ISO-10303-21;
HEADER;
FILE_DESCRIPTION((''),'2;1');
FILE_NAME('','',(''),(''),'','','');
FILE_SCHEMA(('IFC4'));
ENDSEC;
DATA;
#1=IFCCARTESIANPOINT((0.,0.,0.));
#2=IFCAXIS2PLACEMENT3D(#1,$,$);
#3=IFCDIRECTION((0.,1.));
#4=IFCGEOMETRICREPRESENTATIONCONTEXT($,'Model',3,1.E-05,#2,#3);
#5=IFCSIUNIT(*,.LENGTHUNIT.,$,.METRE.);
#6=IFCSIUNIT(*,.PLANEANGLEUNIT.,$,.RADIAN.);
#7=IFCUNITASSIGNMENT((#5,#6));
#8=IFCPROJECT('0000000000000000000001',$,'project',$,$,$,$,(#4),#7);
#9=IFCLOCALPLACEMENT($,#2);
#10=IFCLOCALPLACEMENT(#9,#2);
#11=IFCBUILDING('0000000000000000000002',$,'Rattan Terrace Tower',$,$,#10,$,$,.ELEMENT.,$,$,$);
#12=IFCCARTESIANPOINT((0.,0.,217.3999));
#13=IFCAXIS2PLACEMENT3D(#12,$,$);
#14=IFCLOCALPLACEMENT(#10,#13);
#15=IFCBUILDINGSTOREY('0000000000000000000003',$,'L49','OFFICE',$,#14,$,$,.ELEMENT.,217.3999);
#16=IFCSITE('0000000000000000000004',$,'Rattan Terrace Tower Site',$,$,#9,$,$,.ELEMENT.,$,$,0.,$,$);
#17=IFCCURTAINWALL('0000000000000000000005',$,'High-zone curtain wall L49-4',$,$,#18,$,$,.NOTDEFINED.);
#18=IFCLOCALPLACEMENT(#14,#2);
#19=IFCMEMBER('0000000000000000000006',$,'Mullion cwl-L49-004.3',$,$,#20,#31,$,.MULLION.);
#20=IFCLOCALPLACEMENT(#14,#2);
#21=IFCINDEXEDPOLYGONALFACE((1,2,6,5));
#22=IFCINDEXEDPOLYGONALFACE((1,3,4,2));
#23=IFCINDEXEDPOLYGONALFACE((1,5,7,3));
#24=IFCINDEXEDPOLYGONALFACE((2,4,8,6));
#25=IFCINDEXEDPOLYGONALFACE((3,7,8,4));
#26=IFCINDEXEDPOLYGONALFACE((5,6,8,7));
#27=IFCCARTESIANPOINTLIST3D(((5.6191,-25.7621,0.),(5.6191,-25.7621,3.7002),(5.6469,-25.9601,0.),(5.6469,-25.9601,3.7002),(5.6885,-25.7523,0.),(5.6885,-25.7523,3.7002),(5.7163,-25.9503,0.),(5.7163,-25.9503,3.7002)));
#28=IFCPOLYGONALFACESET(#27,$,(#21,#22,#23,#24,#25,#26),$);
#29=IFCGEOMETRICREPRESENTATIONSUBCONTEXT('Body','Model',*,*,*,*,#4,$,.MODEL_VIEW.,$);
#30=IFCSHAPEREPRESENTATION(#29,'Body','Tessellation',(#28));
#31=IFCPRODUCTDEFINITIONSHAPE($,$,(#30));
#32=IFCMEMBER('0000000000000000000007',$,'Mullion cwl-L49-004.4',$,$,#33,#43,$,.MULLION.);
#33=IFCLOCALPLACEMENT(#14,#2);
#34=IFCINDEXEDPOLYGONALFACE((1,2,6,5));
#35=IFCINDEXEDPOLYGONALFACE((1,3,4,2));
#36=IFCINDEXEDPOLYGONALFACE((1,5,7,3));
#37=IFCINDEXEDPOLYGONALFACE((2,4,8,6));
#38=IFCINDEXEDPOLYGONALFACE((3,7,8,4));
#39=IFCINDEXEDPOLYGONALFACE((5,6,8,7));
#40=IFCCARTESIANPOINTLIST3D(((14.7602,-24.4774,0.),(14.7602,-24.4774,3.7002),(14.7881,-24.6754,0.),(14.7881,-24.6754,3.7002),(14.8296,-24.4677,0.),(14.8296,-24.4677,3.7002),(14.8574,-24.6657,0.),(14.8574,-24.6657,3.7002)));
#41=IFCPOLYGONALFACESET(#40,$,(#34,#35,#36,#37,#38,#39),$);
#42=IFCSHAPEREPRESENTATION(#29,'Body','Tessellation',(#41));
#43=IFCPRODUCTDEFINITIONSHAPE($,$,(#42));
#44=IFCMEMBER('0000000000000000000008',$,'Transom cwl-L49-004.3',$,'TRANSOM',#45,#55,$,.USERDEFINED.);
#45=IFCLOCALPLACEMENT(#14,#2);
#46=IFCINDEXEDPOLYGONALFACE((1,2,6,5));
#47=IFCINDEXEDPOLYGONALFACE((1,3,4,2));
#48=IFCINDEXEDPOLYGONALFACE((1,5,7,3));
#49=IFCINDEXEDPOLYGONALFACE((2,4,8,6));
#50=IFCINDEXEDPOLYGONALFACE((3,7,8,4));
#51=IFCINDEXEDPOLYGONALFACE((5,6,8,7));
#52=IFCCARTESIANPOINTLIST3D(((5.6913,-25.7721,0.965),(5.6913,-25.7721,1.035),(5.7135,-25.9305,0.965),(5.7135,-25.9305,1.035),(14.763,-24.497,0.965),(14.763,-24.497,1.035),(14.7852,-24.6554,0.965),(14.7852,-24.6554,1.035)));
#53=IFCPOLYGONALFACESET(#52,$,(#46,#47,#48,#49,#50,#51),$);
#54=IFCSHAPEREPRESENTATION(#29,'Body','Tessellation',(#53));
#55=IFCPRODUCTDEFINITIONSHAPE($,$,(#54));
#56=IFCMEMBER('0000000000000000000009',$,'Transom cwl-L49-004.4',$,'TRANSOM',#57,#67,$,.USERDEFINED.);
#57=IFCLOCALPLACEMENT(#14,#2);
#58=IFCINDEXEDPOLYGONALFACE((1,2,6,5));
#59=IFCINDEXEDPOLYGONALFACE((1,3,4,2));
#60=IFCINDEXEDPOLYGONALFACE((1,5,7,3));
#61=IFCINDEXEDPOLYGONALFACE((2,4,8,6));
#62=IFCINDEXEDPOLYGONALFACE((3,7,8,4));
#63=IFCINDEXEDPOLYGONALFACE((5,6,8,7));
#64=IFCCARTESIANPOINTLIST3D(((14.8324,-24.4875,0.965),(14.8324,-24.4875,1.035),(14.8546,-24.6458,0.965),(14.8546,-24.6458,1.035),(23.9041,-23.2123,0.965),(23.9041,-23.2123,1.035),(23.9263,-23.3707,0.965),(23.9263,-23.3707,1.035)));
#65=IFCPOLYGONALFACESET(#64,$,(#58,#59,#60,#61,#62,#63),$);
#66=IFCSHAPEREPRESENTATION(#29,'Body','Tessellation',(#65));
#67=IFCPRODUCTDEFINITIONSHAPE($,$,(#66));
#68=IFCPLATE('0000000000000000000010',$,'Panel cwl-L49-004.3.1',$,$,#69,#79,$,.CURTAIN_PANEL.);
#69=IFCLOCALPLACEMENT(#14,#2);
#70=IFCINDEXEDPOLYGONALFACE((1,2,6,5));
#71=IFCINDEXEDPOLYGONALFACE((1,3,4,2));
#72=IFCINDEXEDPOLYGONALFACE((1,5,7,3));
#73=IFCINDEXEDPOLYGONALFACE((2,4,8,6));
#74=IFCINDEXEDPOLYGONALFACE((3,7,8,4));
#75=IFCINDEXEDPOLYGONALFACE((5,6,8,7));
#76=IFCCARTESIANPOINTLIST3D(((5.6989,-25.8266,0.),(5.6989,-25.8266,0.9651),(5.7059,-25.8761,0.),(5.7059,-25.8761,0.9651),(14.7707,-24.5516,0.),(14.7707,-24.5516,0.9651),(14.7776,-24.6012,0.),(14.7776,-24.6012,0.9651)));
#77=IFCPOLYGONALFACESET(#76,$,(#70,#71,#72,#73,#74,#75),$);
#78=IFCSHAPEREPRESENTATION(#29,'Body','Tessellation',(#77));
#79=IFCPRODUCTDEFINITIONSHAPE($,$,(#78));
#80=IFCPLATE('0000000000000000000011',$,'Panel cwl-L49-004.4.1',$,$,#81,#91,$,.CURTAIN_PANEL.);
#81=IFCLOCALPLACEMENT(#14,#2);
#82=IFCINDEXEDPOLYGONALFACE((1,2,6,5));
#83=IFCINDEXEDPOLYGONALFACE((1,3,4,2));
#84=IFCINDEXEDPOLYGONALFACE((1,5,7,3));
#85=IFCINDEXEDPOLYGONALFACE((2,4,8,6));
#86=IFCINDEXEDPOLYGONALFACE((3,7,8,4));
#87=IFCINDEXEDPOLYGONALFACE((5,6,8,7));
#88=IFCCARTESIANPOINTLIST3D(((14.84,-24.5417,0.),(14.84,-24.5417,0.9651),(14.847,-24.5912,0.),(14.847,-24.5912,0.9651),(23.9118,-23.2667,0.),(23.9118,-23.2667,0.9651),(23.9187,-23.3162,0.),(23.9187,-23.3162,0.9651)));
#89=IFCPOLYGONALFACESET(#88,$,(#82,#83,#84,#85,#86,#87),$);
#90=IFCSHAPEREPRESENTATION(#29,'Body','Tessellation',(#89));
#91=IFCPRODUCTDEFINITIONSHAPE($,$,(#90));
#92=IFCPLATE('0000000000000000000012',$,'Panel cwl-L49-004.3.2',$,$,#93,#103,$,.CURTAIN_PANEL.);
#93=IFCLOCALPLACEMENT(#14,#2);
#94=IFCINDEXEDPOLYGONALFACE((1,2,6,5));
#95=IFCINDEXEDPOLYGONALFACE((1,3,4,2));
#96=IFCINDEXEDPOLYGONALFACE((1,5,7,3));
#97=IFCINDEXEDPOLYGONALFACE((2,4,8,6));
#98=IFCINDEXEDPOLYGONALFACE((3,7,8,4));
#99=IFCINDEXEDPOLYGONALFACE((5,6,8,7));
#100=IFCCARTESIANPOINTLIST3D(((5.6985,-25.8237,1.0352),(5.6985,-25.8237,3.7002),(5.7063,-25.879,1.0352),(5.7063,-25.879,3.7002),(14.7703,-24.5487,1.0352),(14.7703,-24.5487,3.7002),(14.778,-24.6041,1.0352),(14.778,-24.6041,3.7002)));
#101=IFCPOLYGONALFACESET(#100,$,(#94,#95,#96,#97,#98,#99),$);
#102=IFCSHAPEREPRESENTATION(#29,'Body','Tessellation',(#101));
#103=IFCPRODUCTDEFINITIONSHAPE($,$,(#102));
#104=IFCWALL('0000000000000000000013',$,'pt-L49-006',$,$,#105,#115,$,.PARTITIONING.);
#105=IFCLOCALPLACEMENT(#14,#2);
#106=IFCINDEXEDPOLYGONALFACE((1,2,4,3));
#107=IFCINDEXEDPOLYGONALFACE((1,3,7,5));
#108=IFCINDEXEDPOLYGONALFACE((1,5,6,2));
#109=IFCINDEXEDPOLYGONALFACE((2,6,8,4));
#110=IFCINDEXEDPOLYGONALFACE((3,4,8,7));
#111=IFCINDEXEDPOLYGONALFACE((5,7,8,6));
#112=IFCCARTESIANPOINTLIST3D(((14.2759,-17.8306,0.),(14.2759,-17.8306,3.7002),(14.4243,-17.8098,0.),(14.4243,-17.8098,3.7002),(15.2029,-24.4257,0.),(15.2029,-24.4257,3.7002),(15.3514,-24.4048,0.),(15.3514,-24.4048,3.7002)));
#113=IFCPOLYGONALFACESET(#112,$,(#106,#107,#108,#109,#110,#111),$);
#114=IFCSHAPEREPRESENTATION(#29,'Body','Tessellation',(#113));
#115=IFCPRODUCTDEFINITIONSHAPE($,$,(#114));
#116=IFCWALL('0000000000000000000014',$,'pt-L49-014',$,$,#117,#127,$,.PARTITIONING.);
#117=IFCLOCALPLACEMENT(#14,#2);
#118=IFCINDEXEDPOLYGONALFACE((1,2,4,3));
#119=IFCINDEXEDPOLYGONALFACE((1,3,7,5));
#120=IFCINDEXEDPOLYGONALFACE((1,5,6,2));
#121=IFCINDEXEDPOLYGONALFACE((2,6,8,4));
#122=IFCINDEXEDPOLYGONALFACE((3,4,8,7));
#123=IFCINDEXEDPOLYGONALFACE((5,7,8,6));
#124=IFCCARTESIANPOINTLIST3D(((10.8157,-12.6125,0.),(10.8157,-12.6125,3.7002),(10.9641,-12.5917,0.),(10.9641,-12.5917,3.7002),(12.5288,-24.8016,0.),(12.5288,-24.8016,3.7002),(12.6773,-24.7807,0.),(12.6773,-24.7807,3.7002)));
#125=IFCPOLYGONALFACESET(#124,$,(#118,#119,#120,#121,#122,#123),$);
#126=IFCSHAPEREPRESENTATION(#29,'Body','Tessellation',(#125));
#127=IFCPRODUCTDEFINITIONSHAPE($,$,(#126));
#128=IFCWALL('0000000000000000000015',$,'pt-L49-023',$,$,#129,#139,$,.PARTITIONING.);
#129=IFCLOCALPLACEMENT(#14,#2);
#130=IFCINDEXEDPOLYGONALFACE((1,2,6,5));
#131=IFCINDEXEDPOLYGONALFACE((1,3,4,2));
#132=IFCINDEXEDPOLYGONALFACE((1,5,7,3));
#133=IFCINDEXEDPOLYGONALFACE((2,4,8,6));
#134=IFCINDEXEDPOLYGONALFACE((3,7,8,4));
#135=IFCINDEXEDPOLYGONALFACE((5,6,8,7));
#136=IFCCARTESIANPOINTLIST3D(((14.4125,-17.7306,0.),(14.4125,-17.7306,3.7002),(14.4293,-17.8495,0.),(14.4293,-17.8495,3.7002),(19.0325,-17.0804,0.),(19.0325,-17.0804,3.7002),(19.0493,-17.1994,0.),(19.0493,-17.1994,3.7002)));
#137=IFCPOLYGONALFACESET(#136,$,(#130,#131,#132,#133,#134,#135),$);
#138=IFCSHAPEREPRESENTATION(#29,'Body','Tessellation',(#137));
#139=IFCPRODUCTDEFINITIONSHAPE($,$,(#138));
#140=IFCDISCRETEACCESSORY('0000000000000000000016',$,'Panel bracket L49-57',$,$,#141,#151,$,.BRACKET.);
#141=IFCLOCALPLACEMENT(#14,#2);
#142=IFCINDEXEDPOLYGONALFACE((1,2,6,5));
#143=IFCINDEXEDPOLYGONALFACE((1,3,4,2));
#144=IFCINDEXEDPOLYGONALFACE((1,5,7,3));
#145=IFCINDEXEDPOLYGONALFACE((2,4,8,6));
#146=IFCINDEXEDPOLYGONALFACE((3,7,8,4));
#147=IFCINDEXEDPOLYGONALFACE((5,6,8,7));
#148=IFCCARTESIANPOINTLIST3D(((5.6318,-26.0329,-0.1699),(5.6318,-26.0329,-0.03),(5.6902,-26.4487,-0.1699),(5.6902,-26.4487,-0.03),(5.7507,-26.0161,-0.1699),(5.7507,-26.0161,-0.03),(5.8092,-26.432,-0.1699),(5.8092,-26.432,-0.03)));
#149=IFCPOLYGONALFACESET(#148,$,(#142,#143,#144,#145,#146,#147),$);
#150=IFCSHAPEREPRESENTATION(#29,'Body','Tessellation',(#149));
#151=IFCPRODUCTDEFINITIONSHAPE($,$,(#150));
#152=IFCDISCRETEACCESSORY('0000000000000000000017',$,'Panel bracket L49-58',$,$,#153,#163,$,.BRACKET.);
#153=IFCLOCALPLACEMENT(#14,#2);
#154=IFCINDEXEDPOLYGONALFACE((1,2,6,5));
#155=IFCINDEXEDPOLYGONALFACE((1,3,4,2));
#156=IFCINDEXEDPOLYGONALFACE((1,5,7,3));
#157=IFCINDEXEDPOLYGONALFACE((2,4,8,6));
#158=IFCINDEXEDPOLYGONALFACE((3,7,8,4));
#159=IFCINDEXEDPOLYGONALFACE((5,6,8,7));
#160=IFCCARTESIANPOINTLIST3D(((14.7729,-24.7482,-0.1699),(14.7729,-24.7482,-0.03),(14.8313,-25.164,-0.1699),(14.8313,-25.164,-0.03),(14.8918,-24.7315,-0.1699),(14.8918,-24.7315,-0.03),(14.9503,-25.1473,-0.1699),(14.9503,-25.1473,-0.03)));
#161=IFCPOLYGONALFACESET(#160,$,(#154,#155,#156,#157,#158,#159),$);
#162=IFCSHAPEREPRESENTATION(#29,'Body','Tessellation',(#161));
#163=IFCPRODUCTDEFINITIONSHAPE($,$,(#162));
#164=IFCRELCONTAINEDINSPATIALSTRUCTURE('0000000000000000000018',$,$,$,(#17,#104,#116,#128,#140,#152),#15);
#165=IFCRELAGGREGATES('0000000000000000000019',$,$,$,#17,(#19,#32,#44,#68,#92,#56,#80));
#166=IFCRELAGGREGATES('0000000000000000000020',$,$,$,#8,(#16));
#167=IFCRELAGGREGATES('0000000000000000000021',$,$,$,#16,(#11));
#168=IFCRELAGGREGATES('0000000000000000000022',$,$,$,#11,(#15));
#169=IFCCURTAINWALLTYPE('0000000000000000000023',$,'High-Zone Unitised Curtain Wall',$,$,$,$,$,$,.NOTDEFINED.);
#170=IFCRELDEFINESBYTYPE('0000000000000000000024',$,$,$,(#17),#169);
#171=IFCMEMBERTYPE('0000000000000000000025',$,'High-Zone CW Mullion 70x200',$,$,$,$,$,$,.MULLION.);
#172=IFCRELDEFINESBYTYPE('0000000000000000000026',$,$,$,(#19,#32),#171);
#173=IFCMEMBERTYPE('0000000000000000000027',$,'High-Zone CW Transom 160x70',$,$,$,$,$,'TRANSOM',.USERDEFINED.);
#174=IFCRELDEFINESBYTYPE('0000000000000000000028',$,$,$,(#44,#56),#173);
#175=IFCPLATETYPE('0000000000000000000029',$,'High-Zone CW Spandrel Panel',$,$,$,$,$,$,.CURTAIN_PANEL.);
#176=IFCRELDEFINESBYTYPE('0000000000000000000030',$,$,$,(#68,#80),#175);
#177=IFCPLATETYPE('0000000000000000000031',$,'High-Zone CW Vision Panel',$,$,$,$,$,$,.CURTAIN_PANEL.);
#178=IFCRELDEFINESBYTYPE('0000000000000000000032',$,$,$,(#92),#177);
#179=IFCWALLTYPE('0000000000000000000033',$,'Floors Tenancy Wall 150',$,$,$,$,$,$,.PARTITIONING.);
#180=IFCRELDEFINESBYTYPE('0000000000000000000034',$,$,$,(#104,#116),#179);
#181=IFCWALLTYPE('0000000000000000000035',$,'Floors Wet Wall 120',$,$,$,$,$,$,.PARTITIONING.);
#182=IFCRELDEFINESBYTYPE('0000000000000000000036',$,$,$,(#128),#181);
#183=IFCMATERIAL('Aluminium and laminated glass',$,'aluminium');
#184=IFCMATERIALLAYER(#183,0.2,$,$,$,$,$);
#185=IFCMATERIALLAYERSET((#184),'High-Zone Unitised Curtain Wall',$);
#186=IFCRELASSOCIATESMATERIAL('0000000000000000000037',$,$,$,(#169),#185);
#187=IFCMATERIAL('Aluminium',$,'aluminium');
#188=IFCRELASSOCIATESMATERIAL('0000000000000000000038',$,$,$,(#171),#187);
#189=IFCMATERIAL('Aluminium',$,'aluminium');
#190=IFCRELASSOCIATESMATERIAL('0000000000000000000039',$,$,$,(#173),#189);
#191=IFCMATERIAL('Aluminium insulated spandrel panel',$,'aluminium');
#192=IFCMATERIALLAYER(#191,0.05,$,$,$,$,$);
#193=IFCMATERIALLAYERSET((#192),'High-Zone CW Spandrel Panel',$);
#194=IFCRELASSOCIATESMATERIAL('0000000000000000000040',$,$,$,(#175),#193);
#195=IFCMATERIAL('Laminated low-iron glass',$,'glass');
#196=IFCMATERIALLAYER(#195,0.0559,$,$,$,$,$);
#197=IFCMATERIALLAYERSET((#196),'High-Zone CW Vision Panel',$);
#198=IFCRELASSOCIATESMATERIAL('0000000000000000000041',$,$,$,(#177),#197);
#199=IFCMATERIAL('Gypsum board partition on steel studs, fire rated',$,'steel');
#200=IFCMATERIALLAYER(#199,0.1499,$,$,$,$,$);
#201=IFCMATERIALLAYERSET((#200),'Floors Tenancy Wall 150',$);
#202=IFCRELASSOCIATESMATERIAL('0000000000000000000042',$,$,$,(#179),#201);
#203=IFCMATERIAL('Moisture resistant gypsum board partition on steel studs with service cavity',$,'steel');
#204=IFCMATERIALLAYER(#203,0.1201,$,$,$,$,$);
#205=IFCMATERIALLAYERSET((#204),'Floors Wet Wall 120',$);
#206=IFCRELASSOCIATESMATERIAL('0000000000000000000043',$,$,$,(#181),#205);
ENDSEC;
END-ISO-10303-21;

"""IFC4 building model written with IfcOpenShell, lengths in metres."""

from ifc_helpers import new_model, si_unit, direction, frame, frame_2d, origin, origin_2d, place, context, subcontext, project, spatial, rectangle, extrude, material, layer, layer_set, material_profile, profile_set, type_object, element, aggregate, save


model = new_model("IFC4")

# Units and contexts
model_context = context("Model", 3, precision=1e-05, world=origin(), true_north=direction((0.0, 1.0)))
body_context = subcontext(model_context, "Body", "Model", "MODEL_VIEW")
ifc_project = project(units=[si_unit("LENGTHUNIT", "METRE"), si_unit("PLANEANGLEUNIT", "RADIAN")], contexts=[model_context])

# Site, building, storey
site_placement = place(None, origin())
site = spatial("IfcSite", under=ifc_project, at=site_placement, Name="Rattan Terrace Tower Site", CompositionType="ELEMENT", RefElevation=0.0)
building_placement = place(site_placement, origin())
building = spatial("IfcBuilding", under=site, at=building_placement, Name="Rattan Terrace Tower", CompositionType="ELEMENT")
storey_placement = place(building_placement, frame((0.0, 0.0, 217.3999)))
storey = spatial("IfcBuildingStorey", under=building, at=storey_placement, Name="L49", Description="OFFICE", CompositionType="ELEMENT", Elevation=217.3999)

# Curtain wall, members, plates
ifc_material_1 = material(Name="Aluminium and laminated glass", Category="aluminium")
ifc_layer_1 = layer(ifc_material_1, 0.2)
ifc_layer_set_1 = layer_set([ifc_layer_1], Name="High-Zone Unitised Curtain Wall")
curtain_wall_type = type_object("IfcCurtainWallType", Name="High-Zone Unitised Curtain Wall", PredefinedType="NOTDEFINED", material=ifc_layer_set_1)
curtain_wall_placement = place(storey_placement, origin())
curtain_wall = element("IfcCurtainWall", 1, at=curtain_wall_placement, inside=storey, type_object=curtain_wall_type, Name="High-zone curtain wall L49-4", PredefinedType="NOTDEFINED")
ifc_material_2 = material(Name="Aluminium", Category="aluminium")
ifc_material_profile_1 = material_profile(ifc_material_2, rectangle(XDim=0.0701, YDim=0.2, at=origin_2d()), Name="Aluminium 70x200")
ifc_profile_set_1 = profile_set([ifc_material_profile_1], Name="Aluminium")
member_type_1 = type_object("IfcMemberType", Name="High-Zone CW Mullion 70x200", PredefinedType="MULLION", material=ifc_profile_set_1)
member_1_placement = place(storey_placement, frame((5.6677, -25.8562, 0.0), z_axis=(0.0, 0.0, 1.0), x_axis=(0.990267, 0.139177, 0.0)))
member_1 = element("IfcMember", 2, at=member_1_placement, type_object=member_type_1, Name="Mullion cwl-L49-004.3", PredefinedType="MULLION", context=body_context, shape_type="SweptSolid", body=[
    extrude(rectangle(XDim=0.0701, YDim=0.2, at=origin_2d()), origin(), (0.0, 0.0, 1.0), 3.7002),
])
member_2_placement = place(storey_placement, frame((14.8088, -24.5715, 0.0), z_axis=(0.0, 0.0, 1.0), x_axis=(0.990267, 0.139177, 0.0)))
member_2 = element("IfcMember", 3, at=member_2_placement, type_object=member_type_1, Name="Mullion cwl-L49-004.4", PredefinedType="MULLION", context=body_context, shape_type="SweptSolid", body=[
    extrude(rectangle(XDim=0.0701, YDim=0.2, at=origin_2d()), origin(), (0.0, 0.0, 1.0), 3.7002),
])
ifc_material_3 = material(Name="Aluminium", Category="aluminium")
ifc_material_profile_2 = material_profile(ifc_material_3, rectangle(XDim=0.1599, YDim=0.0701, at=origin_2d()), Name="Aluminium 160x70")
ifc_profile_set_2 = profile_set([ifc_material_profile_2], Name="Aluminium")
member_type_2 = type_object("IfcMemberType", Name="High-Zone CW Transom 160x70", ElementType="TRANSOM", PredefinedType="USERDEFINED", material=ifc_profile_set_2)
member_3_placement = place(storey_placement, frame((5.7024, -25.8513, 1.0), z_axis=(0.990265, 0.139194, 0.0), x_axis=(-0.139194, 0.990265, 0.0)))
member_3 = element("IfcMember", 4, at=member_3_placement, type_object=member_type_2, Name="Transom cwl-L49-004.3", ObjectType="TRANSOM", PredefinedType="USERDEFINED", context=body_context, shape_type="SweptSolid", body=[
    extrude(rectangle(XDim=0.1599, YDim=0.0701, at=origin_2d()), origin(), (0.0, 0.0, 1.0), 9.1609),
])
member_4_placement = place(storey_placement, frame((14.8435, -24.5667, 1.0), z_axis=(0.990265, 0.139194, 0.0), x_axis=(-0.139194, 0.990265, 0.0)))
member_4 = element("IfcMember", 5, at=member_4_placement, type_object=member_type_2, Name="Transom cwl-L49-004.4", ObjectType="TRANSOM", PredefinedType="USERDEFINED", context=body_context, shape_type="SweptSolid", body=[
    extrude(rectangle(XDim=0.1599, YDim=0.0701, at=origin_2d()), origin(), (0.0, 0.0, 1.0), 9.1609),
])
ifc_material_4 = material(Name="Aluminium insulated spandrel panel", Category="aluminium")
ifc_layer_2 = layer(ifc_material_4, 0.05)
ifc_layer_set_2 = layer_set([ifc_layer_2], Name="High-Zone CW Spandrel Panel")
plate_type_1 = type_object("IfcPlateType", Name="High-Zone CW Spandrel Panel", PredefinedType="CURTAIN_PANEL", material=ifc_layer_set_2)
plate_1_placement = place(storey_placement, frame((10.2383, -25.2139, 0.0), z_axis=(0.0, 0.0, 1.0), x_axis=(0.990267, 0.139177, 0.0)))
plate_1 = element("IfcPlate", 6, at=plate_1_placement, type_object=plate_type_1, Name="Panel cwl-L49-004.3.1", PredefinedType="CURTAIN_PANEL", context=body_context, shape_type="SweptSolid", body=[
    extrude(rectangle(XDim=9.1609, YDim=0.05, at=origin_2d()), origin(), (0.0, 0.0, 1.0), 0.9651),
])
plate_2_placement = place(storey_placement, frame((19.3794, -23.929, 0.0), z_axis=(0.0, 0.0, 1.0), x_axis=(0.990267, 0.139177, 0.0)))
plate_2 = element("IfcPlate", 7, at=plate_2_placement, type_object=plate_type_1, Name="Panel cwl-L49-004.4.1", PredefinedType="CURTAIN_PANEL", context=body_context, shape_type="SweptSolid", body=[
    extrude(rectangle(XDim=9.1609, YDim=0.05, at=origin_2d()), origin(), (0.0, 0.0, 1.0), 0.9651),
])
ifc_material_5 = material(Name="Laminated low-iron glass", Category="glass")
ifc_layer_3 = layer(ifc_material_5, 0.0559)
ifc_layer_set_3 = layer_set([ifc_layer_3], Name="High-Zone CW Vision Panel")
plate_type_2 = type_object("IfcPlateType", Name="High-Zone CW Vision Panel", PredefinedType="CURTAIN_PANEL", material=ifc_layer_set_3)
plate_3_placement = place(storey_placement, frame((10.2383, -25.2139, 1.0352), z_axis=(0.0, 0.0, 1.0), x_axis=(0.990267, 0.139177, 0.0)))
plate_3 = element("IfcPlate", 8, at=plate_3_placement, type_object=plate_type_2, Name="Panel cwl-L49-004.3.2", PredefinedType="CURTAIN_PANEL", context=body_context, shape_type="SweptSolid", body=[
    extrude(rectangle(XDim=9.1609, YDim=0.0559, at=origin_2d()), origin(), (0.0, 0.0, 1.0), 2.665),
])
aggregate(curtain_wall, [member_1, member_2, member_3, plate_1, plate_3, member_4, plate_2])

# Walls
ifc_material_6 = material(Name="Gypsum board partition on steel studs, fire rated", Category="steel")
ifc_layer_4 = layer(ifc_material_6, 0.1499)
ifc_layer_set_4 = layer_set([ifc_layer_4], Name="Floors Tenancy Wall 150")
wall_type_1 = type_object("IfcWallType", Name="Floors Tenancy Wall 150", PredefinedType="PARTITIONING", material=ifc_layer_set_4)
wall_1_placement = place(storey_placement, frame((14.3501, -17.8201, 0.0), z_axis=(0.0, 0.0, 1.0), x_axis=(0.139194, -0.990265, 0.0)))
element("IfcWall", 9, at=wall_1_placement, inside=storey, type_object=wall_type_1, Name="pt-L49-006", PredefinedType="PARTITIONING", context=body_context, shape_type="SweptSolid", body=[
    extrude(rectangle(XDim=6.6599, YDim=0.1499, at=frame_2d((3.3301, 0.0))), origin(), (0.0, 0.0, 1.0), 3.7002),
])
wall_2_placement = place(storey_placement, frame((12.603, -24.791, 0.0), z_axis=(0.0, 0.0, 1.0), x_axis=(-0.13918, 0.990267, 0.0)))
element("IfcWall", 10, at=wall_2_placement, inside=storey, type_object=wall_type_1, Name="pt-L49-014", PredefinedType="PARTITIONING", context=body_context, shape_type="SweptSolid", body=[
    extrude(rectangle(XDim=12.3088, YDim=0.1499, at=frame_2d((6.1543, 0.0))), origin(), (0.0, 0.0, 1.0), 3.7002),
])
ifc_material_7 = material(Name="Moisture resistant gypsum board partition on steel studs with service cavity", Category="steel")
ifc_layer_5 = layer(ifc_material_7, 0.1201)
ifc_layer_set_5 = layer_set([ifc_layer_5], Name="Floors Wet Wall 120")
wall_type_2 = type_object("IfcWallType", Name="Floors Wet Wall 120", PredefinedType="PARTITIONING", material=ifc_layer_set_5)
wall_3_placement = place(storey_placement, frame((14.4209, -17.79, 0.0), z_axis=(0.0, 0.0, 1.0), x_axis=(0.990243, 0.139348, 0.0)))
element("IfcWall", 11, at=wall_3_placement, inside=storey, type_object=wall_type_2, Name="pt-L49-023", PredefinedType="PARTITIONING", context=body_context, shape_type="SweptSolid", body=[
    extrude(rectangle(XDim=4.6655, YDim=0.1201, at=frame_2d((2.3328, 0.0))), origin(), (0.0, 0.0, 1.0), 3.7002),
])

# Discrete accessories
for number, where, z_axis, x_axis, name in (
    (12, (5.7205, -26.2324, -0.1699), (0.0, 0.0, 1.0), (0.990267, 0.139177, 0.0), "Panel bracket L49-57"),
    (13, (14.8616, -24.9478, -0.1699), (0.0, 0.0, 1.0), (0.990267, 0.139177, 0.0), "Panel bracket L49-58"),
):
    element("IfcDiscreteAccessory", number, at=place(storey_placement, frame(where, z_axis=z_axis, x_axis=x_axis)), inside=storey, Name=name, PredefinedType="BRACKET", context=body_context, shape_type="SweptSolid", body=[
        extrude(rectangle(XDim=0.1201, YDim=0.4199, at=origin_2d()), origin(), (0.0, 0.0, 1.0), 0.1399),
    ])

save(model, "model.ifc")
